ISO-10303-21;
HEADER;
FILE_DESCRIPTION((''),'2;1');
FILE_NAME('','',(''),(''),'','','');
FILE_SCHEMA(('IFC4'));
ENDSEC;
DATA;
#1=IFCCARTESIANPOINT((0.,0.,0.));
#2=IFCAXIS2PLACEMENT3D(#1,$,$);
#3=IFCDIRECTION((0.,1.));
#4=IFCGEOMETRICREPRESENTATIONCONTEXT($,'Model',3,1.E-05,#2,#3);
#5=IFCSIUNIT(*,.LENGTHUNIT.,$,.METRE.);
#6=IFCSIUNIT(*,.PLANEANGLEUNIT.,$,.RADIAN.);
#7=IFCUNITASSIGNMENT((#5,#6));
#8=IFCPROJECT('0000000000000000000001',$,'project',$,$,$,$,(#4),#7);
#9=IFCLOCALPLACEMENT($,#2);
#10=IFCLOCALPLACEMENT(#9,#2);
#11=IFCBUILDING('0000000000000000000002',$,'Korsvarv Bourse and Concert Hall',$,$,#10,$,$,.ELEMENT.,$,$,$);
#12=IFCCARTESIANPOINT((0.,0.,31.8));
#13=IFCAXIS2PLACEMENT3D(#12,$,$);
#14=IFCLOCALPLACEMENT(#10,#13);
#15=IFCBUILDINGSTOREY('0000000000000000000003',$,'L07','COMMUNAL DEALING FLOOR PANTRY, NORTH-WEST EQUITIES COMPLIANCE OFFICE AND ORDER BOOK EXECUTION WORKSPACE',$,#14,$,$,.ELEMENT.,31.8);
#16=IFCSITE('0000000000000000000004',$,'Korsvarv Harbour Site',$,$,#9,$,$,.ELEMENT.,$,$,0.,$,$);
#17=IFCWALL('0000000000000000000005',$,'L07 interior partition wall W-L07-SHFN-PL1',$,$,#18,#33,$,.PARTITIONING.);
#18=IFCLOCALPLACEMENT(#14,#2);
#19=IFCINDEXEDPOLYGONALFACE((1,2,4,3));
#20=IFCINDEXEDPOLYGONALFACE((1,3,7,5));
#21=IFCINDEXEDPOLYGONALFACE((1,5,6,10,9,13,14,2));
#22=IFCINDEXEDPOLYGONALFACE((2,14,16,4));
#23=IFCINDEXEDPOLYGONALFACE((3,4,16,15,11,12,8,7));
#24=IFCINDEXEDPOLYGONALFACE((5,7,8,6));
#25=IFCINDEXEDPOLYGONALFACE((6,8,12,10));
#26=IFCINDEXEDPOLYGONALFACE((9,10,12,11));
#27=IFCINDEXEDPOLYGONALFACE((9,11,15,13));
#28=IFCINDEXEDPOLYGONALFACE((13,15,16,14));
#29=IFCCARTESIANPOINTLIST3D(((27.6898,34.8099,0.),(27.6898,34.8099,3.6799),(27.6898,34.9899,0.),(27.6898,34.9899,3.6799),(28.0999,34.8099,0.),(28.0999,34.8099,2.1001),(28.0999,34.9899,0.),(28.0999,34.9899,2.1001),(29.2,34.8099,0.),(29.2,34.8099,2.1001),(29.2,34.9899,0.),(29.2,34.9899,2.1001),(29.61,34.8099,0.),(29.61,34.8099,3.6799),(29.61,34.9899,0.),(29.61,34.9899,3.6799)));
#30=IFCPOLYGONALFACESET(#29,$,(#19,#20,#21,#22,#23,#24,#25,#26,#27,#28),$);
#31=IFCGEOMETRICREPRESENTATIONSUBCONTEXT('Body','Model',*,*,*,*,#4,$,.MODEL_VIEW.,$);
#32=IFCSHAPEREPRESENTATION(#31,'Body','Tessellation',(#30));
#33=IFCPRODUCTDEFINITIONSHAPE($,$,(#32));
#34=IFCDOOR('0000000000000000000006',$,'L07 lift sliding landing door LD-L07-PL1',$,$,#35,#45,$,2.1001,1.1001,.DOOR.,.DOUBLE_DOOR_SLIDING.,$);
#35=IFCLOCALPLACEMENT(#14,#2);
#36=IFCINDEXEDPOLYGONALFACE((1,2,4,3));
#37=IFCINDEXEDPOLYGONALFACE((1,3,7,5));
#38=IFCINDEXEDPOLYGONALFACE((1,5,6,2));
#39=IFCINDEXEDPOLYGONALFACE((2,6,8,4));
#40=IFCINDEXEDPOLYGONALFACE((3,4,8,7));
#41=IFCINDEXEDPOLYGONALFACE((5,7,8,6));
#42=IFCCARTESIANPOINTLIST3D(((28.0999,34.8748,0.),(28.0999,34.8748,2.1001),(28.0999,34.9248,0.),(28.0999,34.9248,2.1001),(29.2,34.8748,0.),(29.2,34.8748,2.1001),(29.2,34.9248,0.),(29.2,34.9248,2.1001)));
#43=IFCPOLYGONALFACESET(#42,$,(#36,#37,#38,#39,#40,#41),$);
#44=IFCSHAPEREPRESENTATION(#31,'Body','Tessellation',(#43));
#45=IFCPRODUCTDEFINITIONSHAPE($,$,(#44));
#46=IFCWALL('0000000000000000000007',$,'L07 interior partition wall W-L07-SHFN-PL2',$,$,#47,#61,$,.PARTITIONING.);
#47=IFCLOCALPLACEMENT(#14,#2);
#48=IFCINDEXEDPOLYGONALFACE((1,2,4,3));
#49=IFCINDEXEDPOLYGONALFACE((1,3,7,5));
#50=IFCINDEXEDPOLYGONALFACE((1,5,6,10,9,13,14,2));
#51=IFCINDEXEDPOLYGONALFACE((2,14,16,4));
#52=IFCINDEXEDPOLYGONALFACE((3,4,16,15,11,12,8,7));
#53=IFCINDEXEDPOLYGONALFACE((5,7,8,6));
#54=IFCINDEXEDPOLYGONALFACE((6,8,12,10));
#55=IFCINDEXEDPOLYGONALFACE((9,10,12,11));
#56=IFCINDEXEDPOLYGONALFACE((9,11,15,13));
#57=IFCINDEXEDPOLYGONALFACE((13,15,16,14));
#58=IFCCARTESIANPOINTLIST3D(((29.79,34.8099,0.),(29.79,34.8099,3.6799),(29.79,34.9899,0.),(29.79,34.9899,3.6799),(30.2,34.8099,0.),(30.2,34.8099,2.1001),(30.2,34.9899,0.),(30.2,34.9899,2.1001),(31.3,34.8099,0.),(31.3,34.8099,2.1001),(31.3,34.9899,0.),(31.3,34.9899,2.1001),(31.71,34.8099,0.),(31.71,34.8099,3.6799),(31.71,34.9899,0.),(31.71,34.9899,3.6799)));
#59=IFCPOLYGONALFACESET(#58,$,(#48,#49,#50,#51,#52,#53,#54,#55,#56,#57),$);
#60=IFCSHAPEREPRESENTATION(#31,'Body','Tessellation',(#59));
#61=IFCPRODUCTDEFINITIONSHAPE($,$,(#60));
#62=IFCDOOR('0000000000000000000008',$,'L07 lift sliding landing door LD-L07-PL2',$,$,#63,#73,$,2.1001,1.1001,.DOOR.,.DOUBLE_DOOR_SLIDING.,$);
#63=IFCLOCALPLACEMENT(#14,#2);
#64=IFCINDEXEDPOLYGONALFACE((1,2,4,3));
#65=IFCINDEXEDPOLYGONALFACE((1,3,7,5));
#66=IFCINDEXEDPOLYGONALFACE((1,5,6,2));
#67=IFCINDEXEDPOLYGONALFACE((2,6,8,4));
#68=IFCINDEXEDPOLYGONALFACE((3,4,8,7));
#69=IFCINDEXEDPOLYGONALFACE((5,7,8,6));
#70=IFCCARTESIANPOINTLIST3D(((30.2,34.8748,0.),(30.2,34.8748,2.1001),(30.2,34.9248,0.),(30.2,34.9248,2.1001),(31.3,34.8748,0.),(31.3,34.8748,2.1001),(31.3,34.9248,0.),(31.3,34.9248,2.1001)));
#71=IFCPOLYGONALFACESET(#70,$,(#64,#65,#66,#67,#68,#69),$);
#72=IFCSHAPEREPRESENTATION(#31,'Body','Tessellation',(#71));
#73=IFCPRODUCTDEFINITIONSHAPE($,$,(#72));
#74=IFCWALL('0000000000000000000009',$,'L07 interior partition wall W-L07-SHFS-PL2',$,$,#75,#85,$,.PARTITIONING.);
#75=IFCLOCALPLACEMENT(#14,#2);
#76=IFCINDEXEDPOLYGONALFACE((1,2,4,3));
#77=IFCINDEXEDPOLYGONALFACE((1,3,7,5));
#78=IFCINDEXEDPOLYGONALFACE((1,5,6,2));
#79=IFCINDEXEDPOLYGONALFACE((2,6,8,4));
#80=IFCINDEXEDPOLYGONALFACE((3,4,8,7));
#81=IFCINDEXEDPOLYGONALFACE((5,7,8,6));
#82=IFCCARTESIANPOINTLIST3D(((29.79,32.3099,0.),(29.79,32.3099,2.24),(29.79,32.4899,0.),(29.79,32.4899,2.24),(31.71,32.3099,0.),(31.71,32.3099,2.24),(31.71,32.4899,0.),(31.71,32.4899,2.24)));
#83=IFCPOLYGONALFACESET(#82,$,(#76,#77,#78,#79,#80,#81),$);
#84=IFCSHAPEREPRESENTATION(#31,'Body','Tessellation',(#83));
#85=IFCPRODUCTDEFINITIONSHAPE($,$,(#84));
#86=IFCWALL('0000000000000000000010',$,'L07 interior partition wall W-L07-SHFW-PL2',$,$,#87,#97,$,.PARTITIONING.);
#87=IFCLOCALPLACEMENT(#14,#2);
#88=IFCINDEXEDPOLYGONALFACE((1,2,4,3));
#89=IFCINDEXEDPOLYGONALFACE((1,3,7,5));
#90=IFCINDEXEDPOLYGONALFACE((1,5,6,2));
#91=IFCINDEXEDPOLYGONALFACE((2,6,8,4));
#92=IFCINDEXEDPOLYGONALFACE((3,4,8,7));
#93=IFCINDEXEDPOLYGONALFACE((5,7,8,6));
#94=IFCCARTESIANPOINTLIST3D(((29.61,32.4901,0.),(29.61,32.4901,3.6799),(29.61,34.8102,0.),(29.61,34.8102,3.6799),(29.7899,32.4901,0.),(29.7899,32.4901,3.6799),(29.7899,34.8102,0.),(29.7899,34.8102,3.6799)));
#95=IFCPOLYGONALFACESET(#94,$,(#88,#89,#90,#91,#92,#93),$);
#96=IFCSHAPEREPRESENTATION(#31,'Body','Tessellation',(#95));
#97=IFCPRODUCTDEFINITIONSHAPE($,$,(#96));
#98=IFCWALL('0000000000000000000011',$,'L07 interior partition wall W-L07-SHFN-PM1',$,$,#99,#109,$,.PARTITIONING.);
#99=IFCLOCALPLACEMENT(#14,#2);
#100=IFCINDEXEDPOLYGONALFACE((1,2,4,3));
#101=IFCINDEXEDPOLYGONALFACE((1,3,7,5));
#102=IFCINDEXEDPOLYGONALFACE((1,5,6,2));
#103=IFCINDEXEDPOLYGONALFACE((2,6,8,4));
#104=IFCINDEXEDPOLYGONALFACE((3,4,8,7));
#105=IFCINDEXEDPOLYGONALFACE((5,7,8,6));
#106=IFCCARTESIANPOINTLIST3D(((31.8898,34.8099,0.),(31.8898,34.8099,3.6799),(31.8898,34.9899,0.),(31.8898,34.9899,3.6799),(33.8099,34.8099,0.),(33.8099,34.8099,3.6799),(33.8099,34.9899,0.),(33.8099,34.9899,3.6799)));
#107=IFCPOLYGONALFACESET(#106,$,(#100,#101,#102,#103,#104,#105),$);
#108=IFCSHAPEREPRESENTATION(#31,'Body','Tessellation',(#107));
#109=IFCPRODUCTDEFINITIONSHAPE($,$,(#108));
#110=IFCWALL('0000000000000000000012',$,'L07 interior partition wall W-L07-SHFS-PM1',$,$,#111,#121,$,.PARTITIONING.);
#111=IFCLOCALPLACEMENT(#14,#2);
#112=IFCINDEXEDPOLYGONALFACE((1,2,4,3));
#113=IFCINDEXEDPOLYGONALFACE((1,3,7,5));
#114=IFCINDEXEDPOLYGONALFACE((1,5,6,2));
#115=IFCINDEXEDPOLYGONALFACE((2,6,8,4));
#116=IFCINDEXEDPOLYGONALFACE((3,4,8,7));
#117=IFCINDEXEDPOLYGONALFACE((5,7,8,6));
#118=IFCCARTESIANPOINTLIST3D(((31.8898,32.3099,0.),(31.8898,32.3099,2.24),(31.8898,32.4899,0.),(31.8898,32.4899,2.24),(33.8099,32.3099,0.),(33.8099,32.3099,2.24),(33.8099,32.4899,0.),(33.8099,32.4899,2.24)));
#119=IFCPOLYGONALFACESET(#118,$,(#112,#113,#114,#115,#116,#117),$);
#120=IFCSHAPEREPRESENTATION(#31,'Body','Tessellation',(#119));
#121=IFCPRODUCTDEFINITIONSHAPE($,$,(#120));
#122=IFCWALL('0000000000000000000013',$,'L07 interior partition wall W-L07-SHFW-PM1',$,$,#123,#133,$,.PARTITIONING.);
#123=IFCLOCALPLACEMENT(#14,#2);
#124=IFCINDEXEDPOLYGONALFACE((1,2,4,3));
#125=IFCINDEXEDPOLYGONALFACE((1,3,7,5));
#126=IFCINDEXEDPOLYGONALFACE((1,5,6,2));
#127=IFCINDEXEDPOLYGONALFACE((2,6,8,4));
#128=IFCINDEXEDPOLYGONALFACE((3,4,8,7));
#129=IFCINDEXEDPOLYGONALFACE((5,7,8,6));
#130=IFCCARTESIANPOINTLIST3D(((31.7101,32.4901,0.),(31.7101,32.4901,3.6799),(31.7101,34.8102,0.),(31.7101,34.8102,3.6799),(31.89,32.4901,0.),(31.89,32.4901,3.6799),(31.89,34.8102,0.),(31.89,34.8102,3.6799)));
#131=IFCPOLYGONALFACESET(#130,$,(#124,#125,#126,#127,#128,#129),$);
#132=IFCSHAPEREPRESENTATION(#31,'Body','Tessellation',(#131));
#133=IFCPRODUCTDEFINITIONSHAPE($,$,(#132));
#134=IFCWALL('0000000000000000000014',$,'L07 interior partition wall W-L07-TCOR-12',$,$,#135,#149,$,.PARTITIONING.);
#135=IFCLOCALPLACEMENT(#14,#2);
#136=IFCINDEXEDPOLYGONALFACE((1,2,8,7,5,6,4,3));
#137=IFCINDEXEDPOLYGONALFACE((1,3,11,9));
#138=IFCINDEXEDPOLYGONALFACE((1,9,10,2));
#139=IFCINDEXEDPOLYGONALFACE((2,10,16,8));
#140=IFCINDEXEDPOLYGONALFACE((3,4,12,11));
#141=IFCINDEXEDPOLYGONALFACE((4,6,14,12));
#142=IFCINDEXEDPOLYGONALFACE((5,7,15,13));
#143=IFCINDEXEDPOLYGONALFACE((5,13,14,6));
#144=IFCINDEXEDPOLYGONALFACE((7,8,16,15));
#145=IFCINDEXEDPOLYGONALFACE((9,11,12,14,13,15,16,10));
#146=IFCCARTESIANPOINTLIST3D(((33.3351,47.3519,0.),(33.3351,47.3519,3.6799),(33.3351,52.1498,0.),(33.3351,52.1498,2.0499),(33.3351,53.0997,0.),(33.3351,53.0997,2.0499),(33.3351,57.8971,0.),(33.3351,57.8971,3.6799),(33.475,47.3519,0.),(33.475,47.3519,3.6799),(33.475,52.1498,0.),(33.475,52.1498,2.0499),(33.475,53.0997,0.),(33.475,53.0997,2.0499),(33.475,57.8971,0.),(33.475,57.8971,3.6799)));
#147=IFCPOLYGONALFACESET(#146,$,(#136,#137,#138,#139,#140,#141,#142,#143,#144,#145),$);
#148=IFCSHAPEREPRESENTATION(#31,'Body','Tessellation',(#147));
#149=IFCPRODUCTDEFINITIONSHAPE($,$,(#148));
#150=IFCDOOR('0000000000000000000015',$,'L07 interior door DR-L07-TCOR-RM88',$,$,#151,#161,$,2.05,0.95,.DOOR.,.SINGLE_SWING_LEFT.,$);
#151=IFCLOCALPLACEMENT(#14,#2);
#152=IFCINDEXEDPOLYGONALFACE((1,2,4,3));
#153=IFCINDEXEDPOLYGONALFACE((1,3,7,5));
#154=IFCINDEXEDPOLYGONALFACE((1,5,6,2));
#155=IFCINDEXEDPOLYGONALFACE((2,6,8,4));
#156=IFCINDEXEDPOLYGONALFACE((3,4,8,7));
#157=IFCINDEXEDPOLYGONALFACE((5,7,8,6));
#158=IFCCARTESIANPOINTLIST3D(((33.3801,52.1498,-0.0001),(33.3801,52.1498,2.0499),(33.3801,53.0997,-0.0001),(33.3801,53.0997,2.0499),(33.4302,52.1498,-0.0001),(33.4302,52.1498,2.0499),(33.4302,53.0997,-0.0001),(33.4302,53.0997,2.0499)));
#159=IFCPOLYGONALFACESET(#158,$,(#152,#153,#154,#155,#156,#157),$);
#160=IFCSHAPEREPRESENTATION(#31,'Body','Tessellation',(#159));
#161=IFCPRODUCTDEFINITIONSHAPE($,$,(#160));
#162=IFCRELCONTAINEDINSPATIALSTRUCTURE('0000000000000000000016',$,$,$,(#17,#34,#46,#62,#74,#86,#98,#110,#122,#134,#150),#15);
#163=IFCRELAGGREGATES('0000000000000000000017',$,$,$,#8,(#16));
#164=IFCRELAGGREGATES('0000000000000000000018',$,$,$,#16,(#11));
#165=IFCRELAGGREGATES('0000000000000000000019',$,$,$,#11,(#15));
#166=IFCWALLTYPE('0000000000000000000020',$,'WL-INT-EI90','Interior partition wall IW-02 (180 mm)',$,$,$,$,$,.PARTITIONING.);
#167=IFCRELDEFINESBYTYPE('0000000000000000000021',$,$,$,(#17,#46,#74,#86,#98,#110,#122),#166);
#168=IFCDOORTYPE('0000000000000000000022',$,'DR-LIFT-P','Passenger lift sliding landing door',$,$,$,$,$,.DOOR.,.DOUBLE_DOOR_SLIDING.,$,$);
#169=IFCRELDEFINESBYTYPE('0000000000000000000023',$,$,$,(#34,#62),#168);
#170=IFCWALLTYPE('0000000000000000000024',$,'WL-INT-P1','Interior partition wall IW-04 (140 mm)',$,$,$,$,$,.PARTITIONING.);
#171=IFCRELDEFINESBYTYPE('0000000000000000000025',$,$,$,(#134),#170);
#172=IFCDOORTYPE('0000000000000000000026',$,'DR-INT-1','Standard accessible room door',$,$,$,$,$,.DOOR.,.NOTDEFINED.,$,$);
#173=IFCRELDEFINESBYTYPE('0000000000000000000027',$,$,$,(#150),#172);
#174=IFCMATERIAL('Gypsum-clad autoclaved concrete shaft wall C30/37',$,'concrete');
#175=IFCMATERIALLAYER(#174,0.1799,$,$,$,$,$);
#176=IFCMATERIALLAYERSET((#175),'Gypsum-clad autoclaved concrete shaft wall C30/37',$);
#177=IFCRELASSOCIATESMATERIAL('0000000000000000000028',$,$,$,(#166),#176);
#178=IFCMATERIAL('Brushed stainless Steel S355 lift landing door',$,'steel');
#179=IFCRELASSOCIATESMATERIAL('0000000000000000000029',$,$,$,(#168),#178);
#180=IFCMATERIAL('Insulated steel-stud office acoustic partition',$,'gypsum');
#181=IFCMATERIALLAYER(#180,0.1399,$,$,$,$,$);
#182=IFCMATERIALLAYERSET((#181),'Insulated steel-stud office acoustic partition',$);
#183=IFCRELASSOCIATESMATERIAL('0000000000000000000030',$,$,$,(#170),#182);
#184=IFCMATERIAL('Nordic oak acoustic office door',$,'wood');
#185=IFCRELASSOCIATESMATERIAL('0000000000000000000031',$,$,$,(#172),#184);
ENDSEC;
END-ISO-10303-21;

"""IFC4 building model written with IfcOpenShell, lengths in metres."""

from ifc_helpers import new_model, si_unit, direction, frame, frame_2d, origin, place, context, subcontext, project, spatial, rectangle, extrude, material, layer, layer_set, type_object, element, fill, save


model = new_model("IFC4")

# Units and contexts
model_context = context("Model", 3, precision=1e-05, world=origin(), true_north=direction((0.0, 1.0)))
body_context = subcontext(model_context, "Body", "Model", "MODEL_VIEW")
ifc_project = project(units=[si_unit("LENGTHUNIT", "METRE"), si_unit("PLANEANGLEUNIT", "RADIAN")], contexts=[model_context])

# Site, building, storey
site_placement = place(None, origin())
site = spatial("IfcSite", under=ifc_project, at=site_placement, Name="Korsvarv Harbour Site", CompositionType="ELEMENT", RefElevation=0.0)
building_placement = place(site_placement, origin())
building = spatial("IfcBuilding", under=site, at=building_placement, Name="Korsvarv Bourse and Concert Hall", CompositionType="ELEMENT")
storey_placement = place(building_placement, frame((0.0, 0.0, 31.8)))
storey = spatial("IfcBuildingStorey", under=building, at=storey_placement, Name="L07", Description="COMMUNAL DEALING FLOOR PANTRY, NORTH-WEST EQUITIES COMPLIANCE OFFICE AND ORDER BOOK EXECUTION WORKSPACE", CompositionType="ELEMENT", Elevation=31.8)

# Walls, openings, doors
ifc_material_1 = material(Name="Gypsum-clad autoclaved concrete shaft wall C30/37", Category="concrete")
ifc_layer_1 = layer(ifc_material_1, 0.1799)
ifc_layer_set_1 = layer_set([ifc_layer_1], Name="Gypsum-clad autoclaved concrete shaft wall C30/37")
wall_type_1 = type_object("IfcWallType", Name="WL-INT-EI90", Description="Interior partition wall IW-02 (180 mm)", PredefinedType="PARTITIONING", material=ifc_layer_set_1)
wall_1_placement = place(storey_placement, frame((27.6899, 34.8999, 0.0), z_axis=(0.0, 0.0, 1.0), x_axis=(1.0, 0.0, 0.0)))
wall_1 = element("IfcWall", 1, at=wall_1_placement, inside=storey, type_object=wall_type_1, Name="L07 interior partition wall W-L07-SHFN-PL1", PredefinedType="PARTITIONING", context=body_context, shape_type="SweptSolid", body=[
    extrude(rectangle(XDim=1.9202, YDim=0.1799, at=frame_2d((0.96, 0.0))), origin(), (0.0, 0.0, 1.0), 3.6799),
])
opening_1_placement = place(wall_1_placement, frame((0.4099, 0.0, 0.0)))
opening_1 = element("IfcOpeningElement", 2, at=opening_1_placement, cuts=wall_1, PredefinedType="OPENING", context=body_context, shape_type="SweptSolid", body=[
    extrude(rectangle(XDim=1.1001, YDim=2.1001, at=frame_2d((0.55, 1.05))), frame((0.0, 0.1001, 0.0), z_axis=(0.0, -1.0, 0.0), x_axis=(1.0, 0.0, 0.0)), (0.0, 0.0, 1.0), 0.2),
])
ifc_material_2 = material(Name="Brushed stainless Steel S355 lift landing door", Category="steel")
door_type_1 = type_object("IfcDoorType", Name="DR-LIFT-P", Description="Passenger lift sliding landing door", OperationType="DOUBLE_DOOR_SLIDING", PredefinedType="DOOR", material=ifc_material_2)
door_1_placement = place(opening_1_placement, origin())
door_1 = element("IfcDoor", 3, at=door_1_placement, inside=storey, type_object=door_type_1, Name="L07 lift sliding landing door LD-L07-PL1", OperationType="DOUBLE_DOOR_SLIDING", OverallHeight=2.1001, OverallWidth=1.1001, PredefinedType="DOOR", context=body_context, shape_type="SweptSolid", body=[
    extrude(rectangle(XDim=1.1001, YDim=2.1001, at=frame_2d((0.55, 1.05))), frame((0.0, 0.0249, 0.0), z_axis=(0.0, -1.0, 0.0), x_axis=(1.0, 0.0, 0.0)), (0.0, 0.0, 1.0), 0.05),
])
fill(opening_1, door_1)
wall_2_placement = place(storey_placement, frame((29.79, 34.8999, 0.0), z_axis=(0.0, 0.0, 1.0), x_axis=(1.0, 0.0, 0.0)))
wall_2 = element("IfcWall", 4, at=wall_2_placement, inside=storey, type_object=wall_type_1, Name="L07 interior partition wall W-L07-SHFN-PL2", PredefinedType="PARTITIONING", context=body_context, shape_type="SweptSolid", body=[
    extrude(rectangle(XDim=1.9199, YDim=0.1799, at=frame_2d((0.96, 0.0))), origin(), (0.0, 0.0, 1.0), 3.6799),
])
opening_2_placement = place(wall_2_placement, frame((0.4099, 0.0, 0.0)))
opening_2 = element("IfcOpeningElement", 5, at=opening_2_placement, cuts=wall_2, PredefinedType="OPENING", context=body_context, shape_type="SweptSolid", body=[
    extrude(rectangle(XDim=1.1001, YDim=2.1001, at=frame_2d((0.55, 1.05))), frame((0.0, 0.1001, 0.0), z_axis=(0.0, -1.0, 0.0), x_axis=(1.0, 0.0, 0.0)), (0.0, 0.0, 1.0), 0.2),
])
door_2_placement = place(opening_2_placement, origin())
door_2 = element("IfcDoor", 6, at=door_2_placement, inside=storey, type_object=door_type_1, Name="L07 lift sliding landing door LD-L07-PL2", OperationType="DOUBLE_DOOR_SLIDING", OverallHeight=2.1001, OverallWidth=1.1001, PredefinedType="DOOR", context=body_context, shape_type="SweptSolid", body=[
    extrude(rectangle(XDim=1.1001, YDim=2.1001, at=frame_2d((0.55, 1.05))), frame((0.0, 0.0249, 0.0), z_axis=(0.0, -1.0, 0.0), x_axis=(1.0, 0.0, 0.0)), (0.0, 0.0, 1.0), 0.05),
])
fill(opening_2, door_2)

# Walls
wall_3_placement = place(storey_placement, frame((29.79, 32.3999, 0.0), z_axis=(0.0, 0.0, 1.0), x_axis=(1.0, 0.0, 0.0)))
element("IfcWall", 7, at=wall_3_placement, inside=storey, type_object=wall_type_1, Name="L07 interior partition wall W-L07-SHFS-PL2", PredefinedType="PARTITIONING", context=body_context, shape_type="SweptSolid", body=[
    extrude(rectangle(XDim=1.9199, YDim=0.1799, at=frame_2d((0.96, 0.0))), origin(), (0.0, 0.0, 1.0), 2.24),
])
wall_4_placement = place(storey_placement, frame((29.7, 32.49, 0.0), z_axis=(0.0, 0.0, 1.0), x_axis=(0.0, 1.0, 0.0)))
element("IfcWall", 8, at=wall_4_placement, inside=storey, type_object=wall_type_1, Name="L07 interior partition wall W-L07-SHFW-PL2", PredefinedType="PARTITIONING", context=body_context, shape_type="SweptSolid", body=[
    extrude(rectangle(XDim=2.3201, YDim=0.1799, at=frame_2d((1.1602, 0.0))), origin(), (0.0, 0.0, 1.0), 3.6799),
])
wall_5_placement = place(storey_placement, frame((31.8899, 34.8999, 0.0), z_axis=(0.0, 0.0, 1.0), x_axis=(1.0, 0.0, 0.0)))
element("IfcWall", 9, at=wall_5_placement, inside=storey, type_object=wall_type_1, Name="L07 interior partition wall W-L07-SHFN-PM1", PredefinedType="PARTITIONING", context=body_context, shape_type="SweptSolid", body=[
    extrude(rectangle(XDim=1.9202, YDim=0.1799, at=frame_2d((0.96, 0.0))), origin(), (0.0, 0.0, 1.0), 3.6799),
])
wall_6_placement = place(storey_placement, frame((31.8899, 32.3999, 0.0), z_axis=(0.0, 0.0, 1.0), x_axis=(1.0, 0.0, 0.0)))
element("IfcWall", 10, at=wall_6_placement, inside=storey, type_object=wall_type_1, Name="L07 interior partition wall W-L07-SHFS-PM1", PredefinedType="PARTITIONING", context=body_context, shape_type="SweptSolid", body=[
    extrude(rectangle(XDim=1.9202, YDim=0.1799, at=frame_2d((0.96, 0.0))), origin(), (0.0, 0.0, 1.0), 2.24),
])
wall_7_placement = place(storey_placement, frame((31.8, 32.49, 0.0), z_axis=(0.0, 0.0, 1.0), x_axis=(0.0, 1.0, 0.0)))
element("IfcWall", 11, at=wall_7_placement, inside=storey, type_object=wall_type_1, Name="L07 interior partition wall W-L07-SHFW-PM1", PredefinedType="PARTITIONING", context=body_context, shape_type="SweptSolid", body=[
    extrude(rectangle(XDim=2.3201, YDim=0.1799, at=frame_2d((1.1602, 0.0))), origin(), (0.0, 0.0, 1.0), 3.6799),
])

# Wall, opening, door
ifc_material_3 = material(Name="Insulated steel-stud office acoustic partition", Category="gypsum")
ifc_layer_2 = layer(ifc_material_3, 0.1399)
ifc_layer_set_2 = layer_set([ifc_layer_2], Name="Insulated steel-stud office acoustic partition")
wall_type_2 = type_object("IfcWallType", Name="WL-INT-P1", Description="Interior partition wall IW-04 (140 mm)", PredefinedType="PARTITIONING", material=ifc_layer_set_2)
wall_8_placement = place(storey_placement, frame((33.405, 47.3521, 0.0), z_axis=(0.0, 0.0, 1.0), x_axis=(0.0, 1.0, 0.0)))
wall_8 = element("IfcWall", 12, at=wall_8_placement, inside=storey, type_object=wall_type_2, Name="L07 interior partition wall W-L07-TCOR-12", PredefinedType="PARTITIONING", context=body_context, shape_type="SweptSolid", body=[
    extrude(rectangle(XDim=10.5452, YDim=0.1399, at=frame_2d((5.2725, 0.0))), origin(), (0.0, 0.0, 1.0), 3.6799),
])
opening_3_placement = place(wall_8_placement, frame((4.7976, 0.0, 0.0)))
opening_3 = element("IfcOpeningElement", 13, at=opening_3_placement, cuts=wall_8, PredefinedType="OPENING", context=body_context, shape_type="SweptSolid", body=[
    extrude(rectangle(XDim=0.95, YDim=2.05, at=frame_2d((0.4751, 1.0249))), frame((0.0, 0.0801, 0.0), z_axis=(0.0, -1.0, 0.0), x_axis=(1.0, 0.0, 0.0)), (0.0, 0.0, 1.0), 0.1599),
])
ifc_material_4 = material(Name="Nordic oak acoustic office door", Category="wood")
door_type_2 = type_object("IfcDoorType", Name="DR-INT-1", Description="Standard accessible room door", OperationType="NOTDEFINED", PredefinedType="DOOR", material=ifc_material_4)
door_3_placement = place(opening_3_placement, origin())
door_3 = element("IfcDoor", 14, at=door_3_placement, inside=storey, type_object=door_type_2, Name="L07 interior door DR-L07-TCOR-RM88", OperationType="SINGLE_SWING_LEFT", OverallHeight=2.05, OverallWidth=0.95, PredefinedType="DOOR", context=body_context, shape_type="SweptSolid", body=[
    extrude(rectangle(XDim=0.95, YDim=2.05, at=frame_2d((0.4751, 1.0249))), frame((0.0, 0.0249, 0.0), z_axis=(0.0, -1.0, 0.0), x_axis=(1.0, 0.0, 0.0)), (0.0, 0.0, 1.0), 0.05),
])
fill(opening_3, door_3)

save(model, "model.ifc")
